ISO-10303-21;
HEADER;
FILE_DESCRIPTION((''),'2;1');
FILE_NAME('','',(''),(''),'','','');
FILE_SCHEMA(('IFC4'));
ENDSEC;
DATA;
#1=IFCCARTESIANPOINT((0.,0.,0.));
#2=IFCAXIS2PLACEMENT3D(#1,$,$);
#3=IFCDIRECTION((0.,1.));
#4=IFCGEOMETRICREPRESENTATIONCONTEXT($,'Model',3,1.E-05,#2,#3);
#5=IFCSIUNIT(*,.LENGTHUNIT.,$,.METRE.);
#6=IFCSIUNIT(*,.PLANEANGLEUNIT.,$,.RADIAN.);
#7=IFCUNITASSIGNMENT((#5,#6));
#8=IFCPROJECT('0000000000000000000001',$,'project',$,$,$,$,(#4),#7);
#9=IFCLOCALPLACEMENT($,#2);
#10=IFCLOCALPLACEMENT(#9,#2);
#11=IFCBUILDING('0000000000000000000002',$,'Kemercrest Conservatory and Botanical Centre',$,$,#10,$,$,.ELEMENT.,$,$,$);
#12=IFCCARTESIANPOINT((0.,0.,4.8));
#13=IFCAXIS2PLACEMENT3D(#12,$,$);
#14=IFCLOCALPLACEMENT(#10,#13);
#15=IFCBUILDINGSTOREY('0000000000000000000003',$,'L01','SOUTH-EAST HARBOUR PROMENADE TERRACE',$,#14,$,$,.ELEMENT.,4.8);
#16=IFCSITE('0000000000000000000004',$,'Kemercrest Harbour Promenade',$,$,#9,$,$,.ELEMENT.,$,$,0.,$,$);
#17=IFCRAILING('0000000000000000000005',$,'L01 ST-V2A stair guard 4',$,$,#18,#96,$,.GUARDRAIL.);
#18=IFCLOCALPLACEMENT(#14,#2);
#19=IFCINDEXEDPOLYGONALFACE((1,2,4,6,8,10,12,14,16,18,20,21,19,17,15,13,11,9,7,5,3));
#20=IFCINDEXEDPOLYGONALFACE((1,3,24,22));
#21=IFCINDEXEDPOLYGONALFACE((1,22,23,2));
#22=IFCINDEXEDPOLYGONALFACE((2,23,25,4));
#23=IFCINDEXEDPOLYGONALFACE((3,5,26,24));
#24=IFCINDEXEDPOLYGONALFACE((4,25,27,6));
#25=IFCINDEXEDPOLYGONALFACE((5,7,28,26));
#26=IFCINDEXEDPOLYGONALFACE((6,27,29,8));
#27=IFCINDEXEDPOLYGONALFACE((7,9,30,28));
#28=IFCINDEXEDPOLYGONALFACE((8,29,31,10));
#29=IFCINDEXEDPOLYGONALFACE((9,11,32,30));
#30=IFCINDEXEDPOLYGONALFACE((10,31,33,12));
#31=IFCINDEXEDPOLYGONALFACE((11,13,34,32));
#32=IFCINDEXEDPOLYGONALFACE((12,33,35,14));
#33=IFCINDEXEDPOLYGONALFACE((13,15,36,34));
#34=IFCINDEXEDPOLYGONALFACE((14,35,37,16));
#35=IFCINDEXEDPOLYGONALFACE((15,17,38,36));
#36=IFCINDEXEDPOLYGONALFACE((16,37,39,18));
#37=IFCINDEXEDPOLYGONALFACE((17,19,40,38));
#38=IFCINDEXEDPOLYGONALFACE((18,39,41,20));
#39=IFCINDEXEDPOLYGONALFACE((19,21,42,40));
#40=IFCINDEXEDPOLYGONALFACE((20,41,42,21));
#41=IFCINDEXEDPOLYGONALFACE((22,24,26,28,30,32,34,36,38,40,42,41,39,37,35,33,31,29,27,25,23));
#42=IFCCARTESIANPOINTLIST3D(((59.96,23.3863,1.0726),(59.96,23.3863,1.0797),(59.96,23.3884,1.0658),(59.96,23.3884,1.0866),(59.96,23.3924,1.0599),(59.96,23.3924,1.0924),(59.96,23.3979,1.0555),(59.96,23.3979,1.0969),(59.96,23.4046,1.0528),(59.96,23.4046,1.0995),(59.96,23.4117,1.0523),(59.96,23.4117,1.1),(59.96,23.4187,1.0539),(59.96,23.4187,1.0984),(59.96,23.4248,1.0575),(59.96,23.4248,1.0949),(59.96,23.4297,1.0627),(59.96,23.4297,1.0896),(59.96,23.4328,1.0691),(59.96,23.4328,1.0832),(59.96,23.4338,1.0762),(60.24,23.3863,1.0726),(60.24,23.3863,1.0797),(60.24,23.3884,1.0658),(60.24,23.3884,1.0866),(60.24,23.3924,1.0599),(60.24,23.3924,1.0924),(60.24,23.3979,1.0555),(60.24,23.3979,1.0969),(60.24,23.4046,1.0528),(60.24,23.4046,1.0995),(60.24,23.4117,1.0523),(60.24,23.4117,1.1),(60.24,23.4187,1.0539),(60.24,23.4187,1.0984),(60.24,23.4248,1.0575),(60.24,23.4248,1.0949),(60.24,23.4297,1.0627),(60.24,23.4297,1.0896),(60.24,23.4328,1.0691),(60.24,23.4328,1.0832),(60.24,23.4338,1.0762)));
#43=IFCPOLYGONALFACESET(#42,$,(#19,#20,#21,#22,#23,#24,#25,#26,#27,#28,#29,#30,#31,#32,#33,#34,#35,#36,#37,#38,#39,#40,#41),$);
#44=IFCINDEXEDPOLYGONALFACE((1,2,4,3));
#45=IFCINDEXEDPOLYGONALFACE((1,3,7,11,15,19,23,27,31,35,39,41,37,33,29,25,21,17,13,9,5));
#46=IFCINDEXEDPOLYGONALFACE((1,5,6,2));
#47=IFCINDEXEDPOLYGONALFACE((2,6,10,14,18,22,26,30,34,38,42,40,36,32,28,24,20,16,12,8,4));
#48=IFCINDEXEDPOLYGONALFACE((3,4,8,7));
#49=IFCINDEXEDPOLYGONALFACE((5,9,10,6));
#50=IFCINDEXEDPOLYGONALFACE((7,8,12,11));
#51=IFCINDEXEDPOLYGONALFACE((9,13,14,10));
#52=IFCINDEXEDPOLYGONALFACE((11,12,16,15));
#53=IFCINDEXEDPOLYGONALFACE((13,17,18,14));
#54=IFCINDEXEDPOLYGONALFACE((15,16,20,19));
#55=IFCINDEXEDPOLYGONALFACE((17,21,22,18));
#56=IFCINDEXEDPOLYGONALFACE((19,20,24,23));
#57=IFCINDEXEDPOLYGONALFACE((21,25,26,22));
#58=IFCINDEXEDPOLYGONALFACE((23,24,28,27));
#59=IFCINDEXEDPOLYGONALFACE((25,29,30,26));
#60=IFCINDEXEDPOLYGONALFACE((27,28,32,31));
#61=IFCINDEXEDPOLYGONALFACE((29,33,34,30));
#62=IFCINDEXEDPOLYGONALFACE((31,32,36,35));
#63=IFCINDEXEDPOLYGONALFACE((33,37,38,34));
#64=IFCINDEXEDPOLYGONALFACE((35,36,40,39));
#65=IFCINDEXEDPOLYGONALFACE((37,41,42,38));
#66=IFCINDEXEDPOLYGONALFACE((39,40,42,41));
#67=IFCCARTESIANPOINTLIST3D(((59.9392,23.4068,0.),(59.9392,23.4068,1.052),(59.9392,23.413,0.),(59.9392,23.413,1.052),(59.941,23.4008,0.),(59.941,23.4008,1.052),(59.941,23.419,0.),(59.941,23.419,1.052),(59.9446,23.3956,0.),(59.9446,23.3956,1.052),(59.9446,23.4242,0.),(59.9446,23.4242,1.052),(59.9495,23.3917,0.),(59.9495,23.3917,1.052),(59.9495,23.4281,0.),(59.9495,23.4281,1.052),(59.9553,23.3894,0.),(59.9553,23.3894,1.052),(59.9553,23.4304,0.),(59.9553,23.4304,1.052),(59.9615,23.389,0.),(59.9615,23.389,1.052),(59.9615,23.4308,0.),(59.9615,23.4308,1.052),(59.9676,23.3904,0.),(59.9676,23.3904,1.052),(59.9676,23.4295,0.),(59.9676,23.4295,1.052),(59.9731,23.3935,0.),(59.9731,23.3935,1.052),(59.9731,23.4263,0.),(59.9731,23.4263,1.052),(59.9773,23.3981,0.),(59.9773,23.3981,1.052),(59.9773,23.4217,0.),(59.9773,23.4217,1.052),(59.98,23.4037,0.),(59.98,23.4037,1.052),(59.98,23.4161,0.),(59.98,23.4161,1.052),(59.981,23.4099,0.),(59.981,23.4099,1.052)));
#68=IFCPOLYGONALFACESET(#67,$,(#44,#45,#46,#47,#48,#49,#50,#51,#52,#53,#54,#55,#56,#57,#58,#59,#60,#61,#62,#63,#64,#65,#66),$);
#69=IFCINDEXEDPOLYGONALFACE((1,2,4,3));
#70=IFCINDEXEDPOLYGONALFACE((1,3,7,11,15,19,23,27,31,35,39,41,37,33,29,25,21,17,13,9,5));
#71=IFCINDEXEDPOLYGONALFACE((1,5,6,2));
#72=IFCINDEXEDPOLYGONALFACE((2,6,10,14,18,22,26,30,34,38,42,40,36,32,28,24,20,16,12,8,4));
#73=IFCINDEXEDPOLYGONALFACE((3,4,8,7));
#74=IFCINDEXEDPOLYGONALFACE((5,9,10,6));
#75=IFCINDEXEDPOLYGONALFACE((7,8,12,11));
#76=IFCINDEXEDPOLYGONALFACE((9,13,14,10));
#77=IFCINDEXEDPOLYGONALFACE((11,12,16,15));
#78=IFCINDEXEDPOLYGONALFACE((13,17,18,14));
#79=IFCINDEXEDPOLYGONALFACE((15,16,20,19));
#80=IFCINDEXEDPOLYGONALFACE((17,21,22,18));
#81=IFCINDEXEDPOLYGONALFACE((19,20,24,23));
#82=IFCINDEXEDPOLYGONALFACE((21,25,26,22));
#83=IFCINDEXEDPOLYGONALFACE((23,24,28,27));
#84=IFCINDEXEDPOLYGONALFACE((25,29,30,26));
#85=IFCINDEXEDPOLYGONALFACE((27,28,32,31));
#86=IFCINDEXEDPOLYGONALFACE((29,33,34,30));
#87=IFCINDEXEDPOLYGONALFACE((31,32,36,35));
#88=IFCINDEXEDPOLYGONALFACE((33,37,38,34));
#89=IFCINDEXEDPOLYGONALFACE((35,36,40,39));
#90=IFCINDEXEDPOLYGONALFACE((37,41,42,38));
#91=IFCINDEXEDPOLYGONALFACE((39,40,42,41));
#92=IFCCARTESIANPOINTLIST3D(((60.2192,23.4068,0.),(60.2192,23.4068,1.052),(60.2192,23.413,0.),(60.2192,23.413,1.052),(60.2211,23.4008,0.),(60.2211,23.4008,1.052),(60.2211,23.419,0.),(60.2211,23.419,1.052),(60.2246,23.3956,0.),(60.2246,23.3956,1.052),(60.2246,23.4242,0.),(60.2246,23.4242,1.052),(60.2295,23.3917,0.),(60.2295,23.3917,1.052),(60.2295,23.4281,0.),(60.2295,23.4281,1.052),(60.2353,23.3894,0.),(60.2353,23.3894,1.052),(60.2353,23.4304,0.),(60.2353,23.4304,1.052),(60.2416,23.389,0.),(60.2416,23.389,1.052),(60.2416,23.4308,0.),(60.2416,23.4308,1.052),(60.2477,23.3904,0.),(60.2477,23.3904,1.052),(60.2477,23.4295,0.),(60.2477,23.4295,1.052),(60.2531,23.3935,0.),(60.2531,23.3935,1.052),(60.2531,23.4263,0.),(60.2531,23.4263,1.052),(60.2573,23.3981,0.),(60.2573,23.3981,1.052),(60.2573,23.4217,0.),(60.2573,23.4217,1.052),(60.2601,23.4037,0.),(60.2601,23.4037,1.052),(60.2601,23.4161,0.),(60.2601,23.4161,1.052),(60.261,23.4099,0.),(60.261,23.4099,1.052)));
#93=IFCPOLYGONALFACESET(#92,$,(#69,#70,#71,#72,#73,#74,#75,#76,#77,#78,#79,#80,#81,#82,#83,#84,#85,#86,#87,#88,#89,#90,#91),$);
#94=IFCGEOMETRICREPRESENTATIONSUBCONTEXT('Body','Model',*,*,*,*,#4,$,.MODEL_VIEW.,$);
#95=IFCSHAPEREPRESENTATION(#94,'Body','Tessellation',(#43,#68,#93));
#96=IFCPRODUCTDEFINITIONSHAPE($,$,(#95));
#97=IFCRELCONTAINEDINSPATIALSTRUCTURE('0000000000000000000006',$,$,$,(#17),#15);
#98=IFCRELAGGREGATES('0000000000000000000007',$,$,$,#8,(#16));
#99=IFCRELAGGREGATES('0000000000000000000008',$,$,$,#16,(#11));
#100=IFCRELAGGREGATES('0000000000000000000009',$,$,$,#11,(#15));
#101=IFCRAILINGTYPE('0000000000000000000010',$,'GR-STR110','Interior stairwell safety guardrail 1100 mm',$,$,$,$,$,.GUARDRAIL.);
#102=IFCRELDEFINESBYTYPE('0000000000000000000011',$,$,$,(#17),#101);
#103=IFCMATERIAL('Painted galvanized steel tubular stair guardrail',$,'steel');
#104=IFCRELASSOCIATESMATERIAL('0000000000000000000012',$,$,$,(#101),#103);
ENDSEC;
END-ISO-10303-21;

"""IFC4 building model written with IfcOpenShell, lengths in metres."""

from ifc_helpers import new_model, si_unit, direction, frame, origin, origin_2d, place, context, subcontext, project, spatial, circle, extrude, material, type_object, element, save


model = new_model("IFC4")

# Units and contexts
model_context = context("Model", 3, precision=1e-05, world=origin(), true_north=direction((0.0, 1.0)))
body_context = subcontext(model_context, "Body", "Model", "MODEL_VIEW")
ifc_project = project(units=[si_unit("LENGTHUNIT", "METRE"), si_unit("PLANEANGLEUNIT", "RADIAN")], contexts=[model_context])

# Site, building, storey
site_placement = place(None, origin())
site = spatial("IfcSite", under=ifc_project, at=site_placement, Name="Kemercrest Harbour Promenade", CompositionType="ELEMENT", RefElevation=0.0)
building_placement = place(site_placement, origin())
building = spatial("IfcBuilding", under=site, at=building_placement, Name="Kemercrest Conservatory and Botanical Centre", CompositionType="ELEMENT")
storey_placement = place(building_placement, frame((0.0, 0.0, 4.8)))
storey = spatial("IfcBuildingStorey", under=building, at=storey_placement, Name="L01", Description="SOUTH-EAST HARBOUR PROMENADE TERRACE", CompositionType="ELEMENT", Elevation=4.8)

# Railing
ifc_material_1 = material(Name="Painted galvanized steel tubular stair guardrail", Category="steel")
railing_type = type_object("IfcRailingType", Name="GR-STR110", Description="Interior stairwell safety guardrail 1100 mm", PredefinedType="GUARDRAIL", material=ifc_material_1)
railing_1_placement = place(storey_placement, frame((59.96, 23.4099, 0.0)))
element("IfcRailing", 1, at=railing_1_placement, inside=storey, type_object=railing_type, Name="L01 ST-V2A stair guard 4", PredefinedType="GUARDRAIL", context=body_context, shape_type="SweptSolid", body=[
    extrude(circle(Radius=0.0239, at=origin_2d()), frame((0.0, 0.0, 1.0762), z_axis=(1.0, 0.0, 0.0), x_axis=(0.0, 1.0, 0.0)), (0.0, 0.0, 1.0), 0.28),
    extrude(circle(Radius=0.021, at=origin_2d()), origin(), (0.0, 0.0, 1.0), 1.052),
    extrude(circle(Radius=0.021, at=origin_2d()), frame((0.28, 0.0, 0.0)), (0.0, 0.0, 1.0), 1.052),
])

save(model, "model.ifc")
